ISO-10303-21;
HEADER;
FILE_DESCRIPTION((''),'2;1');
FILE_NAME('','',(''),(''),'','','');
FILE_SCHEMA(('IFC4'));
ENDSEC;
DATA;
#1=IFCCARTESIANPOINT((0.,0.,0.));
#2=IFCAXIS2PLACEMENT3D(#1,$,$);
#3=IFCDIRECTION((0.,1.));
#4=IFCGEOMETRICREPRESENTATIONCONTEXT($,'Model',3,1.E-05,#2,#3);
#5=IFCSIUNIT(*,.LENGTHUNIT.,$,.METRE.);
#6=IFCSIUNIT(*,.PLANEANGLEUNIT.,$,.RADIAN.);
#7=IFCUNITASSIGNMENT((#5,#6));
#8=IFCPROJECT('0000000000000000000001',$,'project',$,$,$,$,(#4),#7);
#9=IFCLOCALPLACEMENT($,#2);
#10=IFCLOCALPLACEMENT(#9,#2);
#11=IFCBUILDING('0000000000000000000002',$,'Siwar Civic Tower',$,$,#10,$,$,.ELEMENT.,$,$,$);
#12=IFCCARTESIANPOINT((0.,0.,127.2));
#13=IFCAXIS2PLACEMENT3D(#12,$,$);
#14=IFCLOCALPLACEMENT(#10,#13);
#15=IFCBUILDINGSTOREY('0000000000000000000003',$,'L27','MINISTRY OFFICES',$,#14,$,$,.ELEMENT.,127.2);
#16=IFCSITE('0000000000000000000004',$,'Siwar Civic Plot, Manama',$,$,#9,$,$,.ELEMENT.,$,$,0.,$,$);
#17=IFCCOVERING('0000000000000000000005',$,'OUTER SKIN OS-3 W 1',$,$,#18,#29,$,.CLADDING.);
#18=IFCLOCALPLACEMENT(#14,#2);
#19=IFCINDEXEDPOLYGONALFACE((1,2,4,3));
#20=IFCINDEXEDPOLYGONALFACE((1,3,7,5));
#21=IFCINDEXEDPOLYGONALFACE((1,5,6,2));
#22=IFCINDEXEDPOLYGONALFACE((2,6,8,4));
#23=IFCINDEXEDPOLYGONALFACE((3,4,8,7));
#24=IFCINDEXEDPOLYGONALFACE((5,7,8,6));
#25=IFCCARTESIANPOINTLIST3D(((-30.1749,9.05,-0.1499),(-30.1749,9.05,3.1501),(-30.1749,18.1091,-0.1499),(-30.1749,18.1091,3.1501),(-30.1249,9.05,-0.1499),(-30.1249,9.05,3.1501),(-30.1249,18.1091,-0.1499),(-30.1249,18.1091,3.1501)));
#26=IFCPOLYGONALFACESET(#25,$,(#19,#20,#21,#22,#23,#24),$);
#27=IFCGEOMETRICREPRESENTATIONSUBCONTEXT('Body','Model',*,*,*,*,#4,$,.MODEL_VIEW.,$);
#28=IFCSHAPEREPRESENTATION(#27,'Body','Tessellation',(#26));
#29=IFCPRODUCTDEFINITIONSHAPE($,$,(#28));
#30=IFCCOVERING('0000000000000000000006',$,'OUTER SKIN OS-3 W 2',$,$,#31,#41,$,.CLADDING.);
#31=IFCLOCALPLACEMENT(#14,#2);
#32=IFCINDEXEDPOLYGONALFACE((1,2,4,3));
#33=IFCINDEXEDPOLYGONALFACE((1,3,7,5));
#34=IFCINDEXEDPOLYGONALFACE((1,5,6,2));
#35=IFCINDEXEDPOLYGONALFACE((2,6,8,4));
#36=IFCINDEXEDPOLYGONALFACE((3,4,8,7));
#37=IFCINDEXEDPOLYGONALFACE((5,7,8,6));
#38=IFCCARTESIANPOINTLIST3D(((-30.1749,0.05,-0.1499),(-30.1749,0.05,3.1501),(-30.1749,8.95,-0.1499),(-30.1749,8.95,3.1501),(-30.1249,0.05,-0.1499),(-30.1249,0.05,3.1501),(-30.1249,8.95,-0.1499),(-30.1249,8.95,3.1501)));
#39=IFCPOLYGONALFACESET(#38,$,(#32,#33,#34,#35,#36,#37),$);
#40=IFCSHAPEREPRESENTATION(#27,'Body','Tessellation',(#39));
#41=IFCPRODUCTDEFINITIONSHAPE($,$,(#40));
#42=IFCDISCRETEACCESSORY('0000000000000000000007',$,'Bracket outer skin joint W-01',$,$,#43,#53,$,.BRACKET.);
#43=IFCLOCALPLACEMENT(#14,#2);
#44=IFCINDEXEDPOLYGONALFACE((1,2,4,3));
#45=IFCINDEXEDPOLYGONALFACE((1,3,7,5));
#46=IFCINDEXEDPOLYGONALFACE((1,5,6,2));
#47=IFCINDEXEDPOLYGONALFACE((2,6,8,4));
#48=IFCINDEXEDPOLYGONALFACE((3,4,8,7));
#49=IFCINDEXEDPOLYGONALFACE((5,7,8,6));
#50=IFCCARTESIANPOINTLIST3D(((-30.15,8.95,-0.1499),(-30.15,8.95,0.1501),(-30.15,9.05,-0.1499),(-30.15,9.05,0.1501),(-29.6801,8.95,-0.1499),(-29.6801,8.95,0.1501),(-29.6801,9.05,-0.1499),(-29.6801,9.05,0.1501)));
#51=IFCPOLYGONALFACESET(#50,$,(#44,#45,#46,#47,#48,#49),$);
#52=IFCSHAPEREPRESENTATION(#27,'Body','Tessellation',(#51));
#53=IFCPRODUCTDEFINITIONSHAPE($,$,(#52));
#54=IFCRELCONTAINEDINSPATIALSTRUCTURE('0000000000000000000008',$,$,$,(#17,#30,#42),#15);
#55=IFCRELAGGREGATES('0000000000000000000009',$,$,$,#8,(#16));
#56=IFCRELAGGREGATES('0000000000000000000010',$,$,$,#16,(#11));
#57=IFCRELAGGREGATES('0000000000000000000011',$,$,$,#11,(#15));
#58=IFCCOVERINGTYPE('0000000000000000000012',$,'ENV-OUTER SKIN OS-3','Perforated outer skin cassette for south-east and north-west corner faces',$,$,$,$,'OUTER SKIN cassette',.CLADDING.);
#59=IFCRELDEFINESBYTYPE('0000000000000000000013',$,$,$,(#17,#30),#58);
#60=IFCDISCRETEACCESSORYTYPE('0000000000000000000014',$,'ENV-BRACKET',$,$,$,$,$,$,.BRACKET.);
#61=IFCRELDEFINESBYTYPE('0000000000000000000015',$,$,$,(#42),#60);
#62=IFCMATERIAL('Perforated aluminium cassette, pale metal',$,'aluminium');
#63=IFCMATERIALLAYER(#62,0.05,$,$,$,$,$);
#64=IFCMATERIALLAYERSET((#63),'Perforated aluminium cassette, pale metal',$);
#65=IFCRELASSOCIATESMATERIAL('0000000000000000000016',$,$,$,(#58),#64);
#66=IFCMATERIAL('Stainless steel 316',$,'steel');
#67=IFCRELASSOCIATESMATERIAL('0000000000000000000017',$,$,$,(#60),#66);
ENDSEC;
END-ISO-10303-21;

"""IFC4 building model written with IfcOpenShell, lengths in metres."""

from ifc_helpers import new_model, si_unit, direction, frame, origin, origin_2d, place, context, subcontext, project, spatial, rectangle, extrude, material, layer, layer_set, type_object, element, save


model = new_model("IFC4")

# Units and contexts
model_context = context("Model", 3, precision=1e-05, world=origin(), true_north=direction((0.0, 1.0)))
body_context = subcontext(model_context, "Body", "Model", "MODEL_VIEW")
ifc_project = project(units=[si_unit("LENGTHUNIT", "METRE"), si_unit("PLANEANGLEUNIT", "RADIAN")], contexts=[model_context])

# Site, building, storey
site_placement = place(None, origin())
site = spatial("IfcSite", under=ifc_project, at=site_placement, Name="Siwar Civic Plot, Manama", CompositionType="ELEMENT", RefElevation=0.0)
building_placement = place(site_placement, origin())
building = spatial("IfcBuilding", under=site, at=building_placement, Name="Siwar Civic Tower", CompositionType="ELEMENT")
storey_placement = place(building_placement, frame((0.0, 0.0, 127.2)))
storey = spatial("IfcBuildingStorey", under=building, at=storey_placement, Name="L27", Description="MINISTRY OFFICES", CompositionType="ELEMENT", Elevation=127.2)

# Coverings
ifc_material_1 = material(Name="Perforated aluminium cassette, pale metal", Category="aluminium")
ifc_layer_1 = layer(ifc_material_1, 0.05)
ifc_layer_set_1 = layer_set([ifc_layer_1], Name="Perforated aluminium cassette, pale metal")
covering_type = type_object("IfcCoveringType", Name="ENV-OUTER SKIN OS-3", Description="Perforated outer skin cassette for south-east and north-west corner faces", ElementType="OUTER SKIN cassette", PredefinedType="CLADDING", material=ifc_layer_set_1)
covering_1_placement = place(storey_placement, frame((-30.1499, 13.5796, -0.1499), z_axis=(0.0, 0.0, 1.0), x_axis=(0.0, -1.0, 0.0)))
element("IfcCovering", 1, at=covering_1_placement, inside=storey, type_object=covering_type, Name="OUTER SKIN OS-3 W 1", PredefinedType="CLADDING", context=body_context, shape_type="SweptSolid", body=[
    extrude(rectangle(XDim=9.0591, YDim=0.05, at=origin_2d()), origin(), (0.0, 0.0, 1.0), 3.3),
])
covering_2_placement = place(storey_placement, frame((-30.1499, 4.5, -0.1499), z_axis=(0.0, 0.0, 1.0), x_axis=(0.0, -1.0, 0.0)))
element("IfcCovering", 2, at=covering_2_placement, inside=storey, type_object=covering_type, Name="OUTER SKIN OS-3 W 2", PredefinedType="CLADDING", context=body_context, shape_type="SweptSolid", body=[
    extrude(rectangle(XDim=8.8999, YDim=0.05, at=origin_2d()), origin(), (0.0, 0.0, 1.0), 3.3),
])

# Discrete accessory
ifc_material_2 = material(Name="Stainless steel 316", Category="steel")
discrete_accessory_type = type_object("IfcDiscreteAccessoryType", Name="ENV-BRACKET", PredefinedType="BRACKET", material=ifc_material_2)
discrete_accessory_placement = place(storey_placement, frame((-29.915, 9.0, -0.1499), z_axis=(0.0, 0.0, 1.0), x_axis=(-1.0, 0.0, 0.0)))
element("IfcDiscreteAccessory", 3, at=discrete_accessory_placement, inside=storey, type_object=discrete_accessory_type, Name="Bracket outer skin joint W-01", PredefinedType="BRACKET", context=body_context, shape_type="SweptSolid", body=[
    extrude(rectangle(XDim=0.47, YDim=0.1001, at=origin_2d()), origin(), (0.0, 0.0, 1.0), 0.3),
])

save(model, "model.ifc")
